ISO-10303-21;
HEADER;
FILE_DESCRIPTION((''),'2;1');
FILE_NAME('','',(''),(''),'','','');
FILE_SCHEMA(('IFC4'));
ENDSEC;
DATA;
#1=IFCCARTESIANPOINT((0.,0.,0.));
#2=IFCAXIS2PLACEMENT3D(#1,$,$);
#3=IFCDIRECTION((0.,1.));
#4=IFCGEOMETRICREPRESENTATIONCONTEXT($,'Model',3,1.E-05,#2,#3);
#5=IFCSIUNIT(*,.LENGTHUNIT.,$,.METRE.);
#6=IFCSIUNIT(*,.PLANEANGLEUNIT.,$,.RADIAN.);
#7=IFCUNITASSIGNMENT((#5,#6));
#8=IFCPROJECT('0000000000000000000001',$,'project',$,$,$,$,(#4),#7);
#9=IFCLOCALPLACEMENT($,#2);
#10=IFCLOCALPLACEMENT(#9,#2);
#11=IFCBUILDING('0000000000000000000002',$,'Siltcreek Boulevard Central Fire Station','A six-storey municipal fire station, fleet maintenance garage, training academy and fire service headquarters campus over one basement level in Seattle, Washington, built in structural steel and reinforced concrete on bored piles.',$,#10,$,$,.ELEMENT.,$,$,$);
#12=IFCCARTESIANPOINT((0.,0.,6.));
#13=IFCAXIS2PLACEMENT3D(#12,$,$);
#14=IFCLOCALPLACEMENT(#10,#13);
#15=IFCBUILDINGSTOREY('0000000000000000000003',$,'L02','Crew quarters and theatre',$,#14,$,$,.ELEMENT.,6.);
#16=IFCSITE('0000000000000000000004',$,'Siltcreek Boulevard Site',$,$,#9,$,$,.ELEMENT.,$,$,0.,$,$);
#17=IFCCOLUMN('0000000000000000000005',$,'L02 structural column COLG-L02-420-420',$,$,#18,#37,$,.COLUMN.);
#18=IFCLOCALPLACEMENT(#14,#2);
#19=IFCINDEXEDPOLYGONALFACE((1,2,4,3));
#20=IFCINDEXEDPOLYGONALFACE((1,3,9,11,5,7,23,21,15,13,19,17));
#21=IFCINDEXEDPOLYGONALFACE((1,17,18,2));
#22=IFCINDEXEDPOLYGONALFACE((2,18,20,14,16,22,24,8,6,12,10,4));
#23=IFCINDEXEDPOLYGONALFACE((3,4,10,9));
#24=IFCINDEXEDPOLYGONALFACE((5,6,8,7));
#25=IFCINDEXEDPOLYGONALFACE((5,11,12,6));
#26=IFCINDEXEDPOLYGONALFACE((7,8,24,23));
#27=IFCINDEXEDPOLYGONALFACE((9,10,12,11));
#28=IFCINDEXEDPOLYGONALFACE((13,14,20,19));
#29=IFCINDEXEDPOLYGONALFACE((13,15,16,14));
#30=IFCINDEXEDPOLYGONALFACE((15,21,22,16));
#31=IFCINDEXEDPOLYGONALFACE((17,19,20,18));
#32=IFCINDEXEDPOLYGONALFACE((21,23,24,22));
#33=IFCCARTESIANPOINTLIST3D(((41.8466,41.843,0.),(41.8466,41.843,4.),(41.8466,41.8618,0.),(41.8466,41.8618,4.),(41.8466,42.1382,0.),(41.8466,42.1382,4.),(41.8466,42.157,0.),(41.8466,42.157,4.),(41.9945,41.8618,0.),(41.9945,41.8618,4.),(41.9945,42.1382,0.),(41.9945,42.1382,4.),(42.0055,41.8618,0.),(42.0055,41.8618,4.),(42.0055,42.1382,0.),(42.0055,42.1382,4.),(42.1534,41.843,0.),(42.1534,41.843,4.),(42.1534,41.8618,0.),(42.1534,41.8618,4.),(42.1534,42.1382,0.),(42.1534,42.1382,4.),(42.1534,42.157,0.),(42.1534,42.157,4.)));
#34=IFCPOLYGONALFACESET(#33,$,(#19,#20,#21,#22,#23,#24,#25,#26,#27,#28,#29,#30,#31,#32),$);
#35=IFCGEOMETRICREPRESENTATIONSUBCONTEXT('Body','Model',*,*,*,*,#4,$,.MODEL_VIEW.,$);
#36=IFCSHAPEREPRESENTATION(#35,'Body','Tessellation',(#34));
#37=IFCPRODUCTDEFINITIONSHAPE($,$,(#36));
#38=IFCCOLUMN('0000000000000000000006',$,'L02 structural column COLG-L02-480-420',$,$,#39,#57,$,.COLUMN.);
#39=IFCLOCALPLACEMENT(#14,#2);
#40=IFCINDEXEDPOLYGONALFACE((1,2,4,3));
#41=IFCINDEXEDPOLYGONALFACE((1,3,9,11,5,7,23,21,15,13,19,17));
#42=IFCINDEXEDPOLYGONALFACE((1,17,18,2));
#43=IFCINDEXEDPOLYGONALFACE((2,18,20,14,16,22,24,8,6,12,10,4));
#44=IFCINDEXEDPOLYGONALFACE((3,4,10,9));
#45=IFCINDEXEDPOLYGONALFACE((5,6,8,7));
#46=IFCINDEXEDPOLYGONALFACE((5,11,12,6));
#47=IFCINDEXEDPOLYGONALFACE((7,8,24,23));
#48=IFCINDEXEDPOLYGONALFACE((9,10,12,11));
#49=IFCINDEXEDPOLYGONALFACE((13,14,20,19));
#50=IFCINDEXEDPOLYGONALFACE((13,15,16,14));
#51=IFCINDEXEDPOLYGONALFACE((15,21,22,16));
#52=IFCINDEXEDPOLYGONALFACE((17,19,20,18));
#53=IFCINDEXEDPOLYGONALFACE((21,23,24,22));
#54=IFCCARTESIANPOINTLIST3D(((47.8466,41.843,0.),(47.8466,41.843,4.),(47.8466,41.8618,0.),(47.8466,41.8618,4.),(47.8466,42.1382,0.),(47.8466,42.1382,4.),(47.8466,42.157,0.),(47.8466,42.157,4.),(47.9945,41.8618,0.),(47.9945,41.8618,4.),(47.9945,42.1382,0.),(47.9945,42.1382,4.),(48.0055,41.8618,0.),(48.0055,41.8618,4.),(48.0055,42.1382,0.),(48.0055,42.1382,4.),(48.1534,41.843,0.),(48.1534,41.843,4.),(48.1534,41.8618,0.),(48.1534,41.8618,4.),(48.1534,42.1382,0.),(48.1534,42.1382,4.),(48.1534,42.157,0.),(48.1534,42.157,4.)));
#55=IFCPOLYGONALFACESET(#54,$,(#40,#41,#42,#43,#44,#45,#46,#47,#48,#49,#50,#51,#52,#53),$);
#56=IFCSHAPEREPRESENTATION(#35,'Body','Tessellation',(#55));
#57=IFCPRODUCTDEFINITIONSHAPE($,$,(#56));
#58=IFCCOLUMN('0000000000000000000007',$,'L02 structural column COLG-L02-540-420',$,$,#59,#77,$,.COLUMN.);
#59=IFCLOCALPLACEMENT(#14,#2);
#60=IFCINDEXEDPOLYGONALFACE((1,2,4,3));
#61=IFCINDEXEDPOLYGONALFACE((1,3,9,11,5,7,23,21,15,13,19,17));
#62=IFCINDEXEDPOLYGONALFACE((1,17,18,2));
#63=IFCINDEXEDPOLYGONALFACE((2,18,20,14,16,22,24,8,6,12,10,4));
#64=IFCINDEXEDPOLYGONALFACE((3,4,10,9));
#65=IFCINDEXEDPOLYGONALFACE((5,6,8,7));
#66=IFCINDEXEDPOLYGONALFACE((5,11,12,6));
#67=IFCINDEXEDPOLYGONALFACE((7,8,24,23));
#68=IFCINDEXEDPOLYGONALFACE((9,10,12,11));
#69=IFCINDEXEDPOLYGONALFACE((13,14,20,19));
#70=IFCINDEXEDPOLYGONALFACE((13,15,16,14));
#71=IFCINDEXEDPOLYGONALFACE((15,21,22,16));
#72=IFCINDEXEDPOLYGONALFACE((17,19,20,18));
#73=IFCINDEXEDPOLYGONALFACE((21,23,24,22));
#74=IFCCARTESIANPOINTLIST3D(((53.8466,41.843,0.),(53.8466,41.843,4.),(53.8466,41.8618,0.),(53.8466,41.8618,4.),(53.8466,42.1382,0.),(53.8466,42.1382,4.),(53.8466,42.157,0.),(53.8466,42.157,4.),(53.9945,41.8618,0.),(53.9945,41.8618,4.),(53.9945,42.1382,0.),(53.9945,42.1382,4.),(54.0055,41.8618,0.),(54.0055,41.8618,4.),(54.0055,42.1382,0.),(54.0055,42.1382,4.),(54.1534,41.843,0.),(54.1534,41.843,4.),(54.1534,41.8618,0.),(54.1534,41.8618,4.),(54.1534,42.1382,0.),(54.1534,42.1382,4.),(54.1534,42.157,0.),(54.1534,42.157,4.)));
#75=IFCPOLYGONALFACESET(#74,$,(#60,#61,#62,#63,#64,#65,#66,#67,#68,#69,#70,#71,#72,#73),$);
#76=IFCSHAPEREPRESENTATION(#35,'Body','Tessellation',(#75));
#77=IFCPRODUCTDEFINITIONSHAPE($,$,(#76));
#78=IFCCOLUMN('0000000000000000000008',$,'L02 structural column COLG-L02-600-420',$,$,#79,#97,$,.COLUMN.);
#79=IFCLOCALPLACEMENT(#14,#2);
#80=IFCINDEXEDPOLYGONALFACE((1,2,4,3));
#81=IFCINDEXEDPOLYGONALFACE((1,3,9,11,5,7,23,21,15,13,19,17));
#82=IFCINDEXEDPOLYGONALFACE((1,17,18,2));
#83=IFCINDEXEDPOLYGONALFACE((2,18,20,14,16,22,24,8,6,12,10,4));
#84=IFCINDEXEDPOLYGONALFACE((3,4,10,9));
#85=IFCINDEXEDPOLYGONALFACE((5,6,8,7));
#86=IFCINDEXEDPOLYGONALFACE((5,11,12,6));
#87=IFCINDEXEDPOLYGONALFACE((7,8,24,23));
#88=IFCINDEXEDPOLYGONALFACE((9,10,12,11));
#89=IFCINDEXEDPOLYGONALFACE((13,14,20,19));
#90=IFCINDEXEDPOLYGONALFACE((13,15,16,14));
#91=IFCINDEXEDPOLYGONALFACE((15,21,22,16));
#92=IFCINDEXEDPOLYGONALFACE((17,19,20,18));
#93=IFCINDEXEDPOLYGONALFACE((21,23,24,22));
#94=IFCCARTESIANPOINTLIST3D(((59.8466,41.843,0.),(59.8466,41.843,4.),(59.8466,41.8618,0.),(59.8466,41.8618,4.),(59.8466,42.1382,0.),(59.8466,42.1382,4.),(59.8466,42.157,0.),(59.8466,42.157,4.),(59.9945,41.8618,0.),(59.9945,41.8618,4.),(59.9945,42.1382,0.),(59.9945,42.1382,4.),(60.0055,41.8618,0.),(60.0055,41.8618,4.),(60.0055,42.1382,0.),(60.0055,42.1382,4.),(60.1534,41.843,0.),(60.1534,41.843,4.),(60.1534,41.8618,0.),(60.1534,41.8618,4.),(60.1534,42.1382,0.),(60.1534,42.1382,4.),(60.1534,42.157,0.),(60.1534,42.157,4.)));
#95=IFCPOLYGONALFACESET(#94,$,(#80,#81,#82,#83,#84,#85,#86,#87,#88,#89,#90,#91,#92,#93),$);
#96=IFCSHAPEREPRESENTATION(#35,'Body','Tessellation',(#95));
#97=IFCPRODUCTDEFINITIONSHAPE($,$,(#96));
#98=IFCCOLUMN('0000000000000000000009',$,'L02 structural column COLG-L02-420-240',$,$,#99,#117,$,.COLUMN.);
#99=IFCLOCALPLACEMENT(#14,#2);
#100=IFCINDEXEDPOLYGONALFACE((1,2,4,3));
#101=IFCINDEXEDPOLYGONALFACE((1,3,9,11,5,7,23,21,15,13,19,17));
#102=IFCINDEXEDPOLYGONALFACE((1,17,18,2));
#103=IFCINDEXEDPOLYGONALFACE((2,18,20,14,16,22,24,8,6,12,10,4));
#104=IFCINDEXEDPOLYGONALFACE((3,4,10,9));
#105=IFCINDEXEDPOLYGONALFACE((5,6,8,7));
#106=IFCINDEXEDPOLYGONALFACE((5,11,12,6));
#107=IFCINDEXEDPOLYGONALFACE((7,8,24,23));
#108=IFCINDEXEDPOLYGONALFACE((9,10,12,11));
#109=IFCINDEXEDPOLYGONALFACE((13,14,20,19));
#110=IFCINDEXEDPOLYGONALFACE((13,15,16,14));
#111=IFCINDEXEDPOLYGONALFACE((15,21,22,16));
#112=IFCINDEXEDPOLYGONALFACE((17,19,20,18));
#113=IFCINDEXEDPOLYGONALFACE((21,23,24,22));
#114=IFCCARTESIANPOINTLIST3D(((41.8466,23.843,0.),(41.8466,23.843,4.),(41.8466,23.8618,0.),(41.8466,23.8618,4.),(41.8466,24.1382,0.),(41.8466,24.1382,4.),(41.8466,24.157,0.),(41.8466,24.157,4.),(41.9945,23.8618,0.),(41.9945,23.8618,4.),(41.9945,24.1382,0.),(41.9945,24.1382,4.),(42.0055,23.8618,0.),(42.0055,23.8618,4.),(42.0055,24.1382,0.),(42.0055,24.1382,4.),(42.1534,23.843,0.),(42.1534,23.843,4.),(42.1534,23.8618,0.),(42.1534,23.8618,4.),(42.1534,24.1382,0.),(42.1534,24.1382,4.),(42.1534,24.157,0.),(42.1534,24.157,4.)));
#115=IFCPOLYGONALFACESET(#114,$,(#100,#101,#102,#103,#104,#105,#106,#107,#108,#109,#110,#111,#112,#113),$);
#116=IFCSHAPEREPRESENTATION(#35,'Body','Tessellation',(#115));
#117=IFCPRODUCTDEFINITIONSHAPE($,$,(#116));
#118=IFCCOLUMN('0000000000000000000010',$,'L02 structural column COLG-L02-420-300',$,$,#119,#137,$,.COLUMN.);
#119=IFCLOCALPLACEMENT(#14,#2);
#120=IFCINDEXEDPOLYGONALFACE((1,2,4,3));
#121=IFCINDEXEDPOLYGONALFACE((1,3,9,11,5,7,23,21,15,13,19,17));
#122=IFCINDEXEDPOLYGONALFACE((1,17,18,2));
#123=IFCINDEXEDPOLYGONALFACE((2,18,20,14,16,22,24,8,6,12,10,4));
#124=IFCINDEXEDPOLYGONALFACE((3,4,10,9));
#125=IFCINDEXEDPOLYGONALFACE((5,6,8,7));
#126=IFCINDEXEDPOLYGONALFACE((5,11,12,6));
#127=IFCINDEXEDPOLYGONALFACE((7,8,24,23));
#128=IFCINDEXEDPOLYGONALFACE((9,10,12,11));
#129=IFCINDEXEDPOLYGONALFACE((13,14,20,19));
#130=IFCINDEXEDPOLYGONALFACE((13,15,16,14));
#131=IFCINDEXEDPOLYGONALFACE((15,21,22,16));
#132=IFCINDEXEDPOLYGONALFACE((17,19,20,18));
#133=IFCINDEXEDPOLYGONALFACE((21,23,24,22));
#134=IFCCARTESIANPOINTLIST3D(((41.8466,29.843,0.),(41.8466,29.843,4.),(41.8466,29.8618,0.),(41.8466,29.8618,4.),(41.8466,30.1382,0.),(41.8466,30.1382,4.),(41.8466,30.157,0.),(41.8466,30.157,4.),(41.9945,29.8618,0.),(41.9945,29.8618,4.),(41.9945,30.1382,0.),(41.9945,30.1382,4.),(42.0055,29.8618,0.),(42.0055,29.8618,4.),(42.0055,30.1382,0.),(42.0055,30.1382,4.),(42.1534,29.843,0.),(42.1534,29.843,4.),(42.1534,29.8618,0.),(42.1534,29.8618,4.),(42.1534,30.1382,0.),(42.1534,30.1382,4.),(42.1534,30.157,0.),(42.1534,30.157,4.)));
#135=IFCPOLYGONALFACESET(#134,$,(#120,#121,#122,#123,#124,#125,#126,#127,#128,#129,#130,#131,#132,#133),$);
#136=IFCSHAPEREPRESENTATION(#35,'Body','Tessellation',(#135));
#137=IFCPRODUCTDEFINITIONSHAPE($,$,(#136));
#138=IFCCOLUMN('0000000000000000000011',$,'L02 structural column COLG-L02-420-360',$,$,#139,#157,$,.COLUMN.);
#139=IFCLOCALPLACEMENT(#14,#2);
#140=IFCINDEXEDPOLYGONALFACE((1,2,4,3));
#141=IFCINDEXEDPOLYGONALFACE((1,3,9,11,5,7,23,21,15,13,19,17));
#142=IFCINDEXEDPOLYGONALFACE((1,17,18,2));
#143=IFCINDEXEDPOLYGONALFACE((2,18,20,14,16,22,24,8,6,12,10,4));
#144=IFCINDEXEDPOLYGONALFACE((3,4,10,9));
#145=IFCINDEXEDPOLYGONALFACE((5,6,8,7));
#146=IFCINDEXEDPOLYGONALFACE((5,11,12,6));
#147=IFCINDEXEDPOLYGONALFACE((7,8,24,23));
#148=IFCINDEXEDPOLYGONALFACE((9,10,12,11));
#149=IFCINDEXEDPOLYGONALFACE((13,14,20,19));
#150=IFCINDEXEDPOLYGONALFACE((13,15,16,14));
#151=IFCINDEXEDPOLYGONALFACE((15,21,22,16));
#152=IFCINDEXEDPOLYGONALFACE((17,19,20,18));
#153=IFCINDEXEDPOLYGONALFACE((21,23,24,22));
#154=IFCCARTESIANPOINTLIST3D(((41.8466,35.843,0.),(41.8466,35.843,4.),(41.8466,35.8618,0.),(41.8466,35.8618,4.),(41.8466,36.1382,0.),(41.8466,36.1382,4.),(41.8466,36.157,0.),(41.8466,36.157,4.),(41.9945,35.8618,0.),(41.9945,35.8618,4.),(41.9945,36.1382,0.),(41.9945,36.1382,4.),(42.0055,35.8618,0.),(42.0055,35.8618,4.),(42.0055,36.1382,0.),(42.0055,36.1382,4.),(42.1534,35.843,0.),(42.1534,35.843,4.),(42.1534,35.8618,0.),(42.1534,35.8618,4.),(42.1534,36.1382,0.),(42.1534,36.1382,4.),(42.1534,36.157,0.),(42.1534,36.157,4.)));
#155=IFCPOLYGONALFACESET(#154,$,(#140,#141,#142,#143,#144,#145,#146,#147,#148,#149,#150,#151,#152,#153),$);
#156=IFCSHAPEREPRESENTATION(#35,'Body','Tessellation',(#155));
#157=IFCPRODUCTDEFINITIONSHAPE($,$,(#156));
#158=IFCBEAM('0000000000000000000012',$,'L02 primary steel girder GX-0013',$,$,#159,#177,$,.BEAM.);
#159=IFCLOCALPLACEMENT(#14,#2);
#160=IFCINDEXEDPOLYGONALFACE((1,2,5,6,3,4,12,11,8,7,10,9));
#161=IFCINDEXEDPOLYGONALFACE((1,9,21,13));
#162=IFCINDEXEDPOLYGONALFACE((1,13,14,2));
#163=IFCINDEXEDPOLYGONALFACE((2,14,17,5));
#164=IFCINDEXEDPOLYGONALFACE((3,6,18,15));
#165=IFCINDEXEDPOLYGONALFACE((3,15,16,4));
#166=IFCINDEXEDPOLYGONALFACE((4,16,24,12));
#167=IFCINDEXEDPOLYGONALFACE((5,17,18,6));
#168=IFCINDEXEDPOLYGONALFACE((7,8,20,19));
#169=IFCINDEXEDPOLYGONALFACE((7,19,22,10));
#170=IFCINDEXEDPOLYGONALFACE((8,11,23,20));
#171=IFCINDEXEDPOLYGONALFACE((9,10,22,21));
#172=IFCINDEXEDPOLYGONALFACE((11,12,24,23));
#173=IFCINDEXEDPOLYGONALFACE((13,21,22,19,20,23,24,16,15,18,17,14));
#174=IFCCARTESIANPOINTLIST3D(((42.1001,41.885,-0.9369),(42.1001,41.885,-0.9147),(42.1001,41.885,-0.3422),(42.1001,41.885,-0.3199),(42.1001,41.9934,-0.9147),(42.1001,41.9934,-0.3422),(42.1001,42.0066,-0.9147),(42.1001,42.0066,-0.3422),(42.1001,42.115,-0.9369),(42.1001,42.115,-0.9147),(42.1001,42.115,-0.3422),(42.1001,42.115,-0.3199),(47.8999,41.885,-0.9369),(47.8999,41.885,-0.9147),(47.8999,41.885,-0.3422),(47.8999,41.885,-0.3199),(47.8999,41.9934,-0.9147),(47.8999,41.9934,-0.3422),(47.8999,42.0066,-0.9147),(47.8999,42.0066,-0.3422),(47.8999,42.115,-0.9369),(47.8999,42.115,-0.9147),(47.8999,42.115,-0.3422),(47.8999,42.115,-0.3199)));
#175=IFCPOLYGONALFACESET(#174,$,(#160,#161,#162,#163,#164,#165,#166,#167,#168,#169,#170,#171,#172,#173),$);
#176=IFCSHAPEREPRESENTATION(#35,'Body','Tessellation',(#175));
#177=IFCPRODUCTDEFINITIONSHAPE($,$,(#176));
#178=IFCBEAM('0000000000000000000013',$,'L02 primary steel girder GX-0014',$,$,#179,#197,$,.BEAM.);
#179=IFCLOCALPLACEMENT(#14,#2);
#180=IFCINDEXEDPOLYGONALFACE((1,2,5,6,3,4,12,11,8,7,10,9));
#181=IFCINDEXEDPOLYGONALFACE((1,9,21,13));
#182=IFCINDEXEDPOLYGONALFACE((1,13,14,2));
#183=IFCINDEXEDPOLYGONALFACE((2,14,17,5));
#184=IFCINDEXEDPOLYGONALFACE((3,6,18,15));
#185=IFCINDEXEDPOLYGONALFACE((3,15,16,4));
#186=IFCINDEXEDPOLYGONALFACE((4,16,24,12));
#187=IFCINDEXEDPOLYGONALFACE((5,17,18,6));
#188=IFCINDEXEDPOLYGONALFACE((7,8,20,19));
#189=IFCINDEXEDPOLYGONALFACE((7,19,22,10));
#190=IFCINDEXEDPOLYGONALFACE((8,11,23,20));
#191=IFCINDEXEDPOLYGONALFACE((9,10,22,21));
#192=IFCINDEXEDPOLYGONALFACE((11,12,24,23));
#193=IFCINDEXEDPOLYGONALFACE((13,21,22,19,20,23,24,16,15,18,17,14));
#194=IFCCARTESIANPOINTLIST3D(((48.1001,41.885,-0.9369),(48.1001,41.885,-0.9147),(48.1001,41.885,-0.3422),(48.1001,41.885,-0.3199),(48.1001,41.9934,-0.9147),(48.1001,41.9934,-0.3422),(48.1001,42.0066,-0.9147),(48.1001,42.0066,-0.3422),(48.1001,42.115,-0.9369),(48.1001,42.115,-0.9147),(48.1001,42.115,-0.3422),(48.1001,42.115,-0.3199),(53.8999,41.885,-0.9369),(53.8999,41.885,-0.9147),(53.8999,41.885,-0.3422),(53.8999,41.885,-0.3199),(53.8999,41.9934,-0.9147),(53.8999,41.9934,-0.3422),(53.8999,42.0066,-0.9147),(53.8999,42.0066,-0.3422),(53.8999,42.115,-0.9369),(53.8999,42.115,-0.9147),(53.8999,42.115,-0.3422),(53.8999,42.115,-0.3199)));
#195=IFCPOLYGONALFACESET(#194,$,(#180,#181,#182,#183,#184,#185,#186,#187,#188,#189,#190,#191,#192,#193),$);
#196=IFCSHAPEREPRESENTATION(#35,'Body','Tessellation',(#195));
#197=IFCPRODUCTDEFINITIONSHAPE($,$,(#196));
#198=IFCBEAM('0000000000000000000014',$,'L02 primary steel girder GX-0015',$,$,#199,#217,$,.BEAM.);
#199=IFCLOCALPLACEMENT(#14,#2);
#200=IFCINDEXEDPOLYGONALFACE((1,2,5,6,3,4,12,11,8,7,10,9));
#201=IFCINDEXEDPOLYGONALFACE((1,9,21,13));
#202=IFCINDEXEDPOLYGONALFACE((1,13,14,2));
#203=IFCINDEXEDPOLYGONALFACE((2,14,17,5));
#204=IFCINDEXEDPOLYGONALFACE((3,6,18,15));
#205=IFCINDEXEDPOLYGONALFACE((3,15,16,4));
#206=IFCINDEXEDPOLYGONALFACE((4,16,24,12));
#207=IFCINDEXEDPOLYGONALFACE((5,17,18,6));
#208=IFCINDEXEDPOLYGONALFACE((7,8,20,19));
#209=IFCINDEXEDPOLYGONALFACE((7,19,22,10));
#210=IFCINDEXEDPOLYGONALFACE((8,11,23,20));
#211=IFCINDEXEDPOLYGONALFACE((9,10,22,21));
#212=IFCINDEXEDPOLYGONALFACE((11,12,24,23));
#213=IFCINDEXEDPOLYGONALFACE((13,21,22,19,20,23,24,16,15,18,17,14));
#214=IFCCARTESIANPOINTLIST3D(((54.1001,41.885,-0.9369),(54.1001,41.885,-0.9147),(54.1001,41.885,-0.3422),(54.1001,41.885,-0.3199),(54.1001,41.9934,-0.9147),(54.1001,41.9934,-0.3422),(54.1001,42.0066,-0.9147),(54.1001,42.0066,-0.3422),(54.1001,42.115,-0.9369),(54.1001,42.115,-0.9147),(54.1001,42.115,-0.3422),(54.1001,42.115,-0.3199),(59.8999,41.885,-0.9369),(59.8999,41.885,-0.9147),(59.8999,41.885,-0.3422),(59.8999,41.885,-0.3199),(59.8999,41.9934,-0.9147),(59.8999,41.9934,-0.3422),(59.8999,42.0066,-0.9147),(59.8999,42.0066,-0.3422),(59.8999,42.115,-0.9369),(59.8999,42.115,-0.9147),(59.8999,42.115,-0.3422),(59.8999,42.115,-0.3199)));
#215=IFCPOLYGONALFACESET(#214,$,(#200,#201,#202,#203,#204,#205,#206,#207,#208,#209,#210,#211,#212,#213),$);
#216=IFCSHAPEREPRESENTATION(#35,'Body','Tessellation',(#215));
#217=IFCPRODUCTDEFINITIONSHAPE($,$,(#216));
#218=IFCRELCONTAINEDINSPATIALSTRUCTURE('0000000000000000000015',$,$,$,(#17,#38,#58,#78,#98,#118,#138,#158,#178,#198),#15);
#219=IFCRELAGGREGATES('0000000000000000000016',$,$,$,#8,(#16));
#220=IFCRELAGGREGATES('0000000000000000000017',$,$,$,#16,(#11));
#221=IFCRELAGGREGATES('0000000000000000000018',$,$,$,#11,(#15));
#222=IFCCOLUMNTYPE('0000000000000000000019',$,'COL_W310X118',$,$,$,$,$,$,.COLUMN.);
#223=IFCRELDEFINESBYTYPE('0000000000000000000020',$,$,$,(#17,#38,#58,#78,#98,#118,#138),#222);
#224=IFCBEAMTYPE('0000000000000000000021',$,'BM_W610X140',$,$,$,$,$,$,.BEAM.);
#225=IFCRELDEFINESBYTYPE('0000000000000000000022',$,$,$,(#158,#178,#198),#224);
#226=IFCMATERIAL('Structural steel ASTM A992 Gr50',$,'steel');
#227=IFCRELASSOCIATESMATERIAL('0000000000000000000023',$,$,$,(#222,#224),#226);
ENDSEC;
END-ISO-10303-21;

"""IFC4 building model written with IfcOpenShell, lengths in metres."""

from ifc_helpers import new_model, si_unit, direction, frame, origin, origin_2d, place, context, subcontext, project, spatial, i_section, extrude, material, material_profile, profile_set, type_object, element, save


model = new_model("IFC4")

# Units and contexts
model_context = context("Model", 3, precision=1e-05, world=origin(), true_north=direction((0.0, 1.0)))
body_context = subcontext(model_context, "Body", "Model", "MODEL_VIEW")
ifc_project = project(units=[si_unit("LENGTHUNIT", "METRE"), si_unit("PLANEANGLEUNIT", "RADIAN")], contexts=[model_context])

# Site, building, storey
site_placement = place(None, origin())
site = spatial("IfcSite", under=ifc_project, at=site_placement, Name="Siltcreek Boulevard Site", CompositionType="ELEMENT", RefElevation=0.0)
building_placement = place(site_placement, origin())
building = spatial("IfcBuilding", under=site, at=building_placement, Name="Siltcreek Boulevard Central Fire Station", Description="A six-storey municipal fire station, fleet maintenance garage, training academy and fire service headquarters campus over one basement level in Seattle, Washington, built in structural steel and reinforced concrete on bored piles.", CompositionType="ELEMENT")
storey_placement = place(building_placement, frame((0.0, 0.0, 6.0)))
storey = spatial("IfcBuildingStorey", under=building, at=storey_placement, Name="L02", Description="Crew quarters and theatre", CompositionType="ELEMENT", Elevation=6.0)

# Columns
ifc_material_1 = material(Name="Structural steel ASTM A992 Gr50", Category="steel")
ifc_material_profile_1 = material_profile(ifc_material_1, i_section(OverallWidth=0.3069, OverallDepth=0.314, WebThickness=0.011, FlangeThickness=0.0188, at=origin_2d()), Name="W310X118")
ifc_profile_set_1 = profile_set([ifc_material_profile_1], Name="Structural steel ASTM A992 Gr50")
column_type = type_object("IfcColumnType", Name="COL_W310X118", PredefinedType="COLUMN", material=ifc_profile_set_1)
for number, where, z_axis, x_axis, name in (
    (1, (42.0, 42.0, 0.0), (0.0, 0.0, 1.0), (1.0, 0.0, 0.0), "L02 structural column COLG-L02-420-420"),
    (2, (48.0, 42.0, 0.0), (0.0, 0.0, 1.0), (1.0, 0.0, 0.0), "L02 structural column COLG-L02-480-420"),
    (3, (54.0, 42.0, 0.0), (0.0, 0.0, 1.0), (1.0, 0.0, 0.0), "L02 structural column COLG-L02-540-420"),
    (4, (60.0, 42.0, 0.0), (0.0, 0.0, 1.0), (1.0, 0.0, 0.0), "L02 structural column COLG-L02-600-420"),
    (5, (42.0, 24.0, 0.0), (0.0, 0.0, 1.0), (1.0, 0.0, 0.0), "L02 structural column COLG-L02-420-240"),
    (6, (42.0, 30.0, 0.0), (0.0, 0.0, 1.0), (1.0, 0.0, 0.0), "L02 structural column COLG-L02-420-300"),
    (7, (42.0, 36.0, 0.0), (0.0, 0.0, 1.0), (1.0, 0.0, 0.0), "L02 structural column COLG-L02-420-360"),
):
    element("IfcColumn", number, at=place(storey_placement, frame(where, z_axis=z_axis, x_axis=x_axis)), inside=storey, type_object=column_type, Name=name, PredefinedType="COLUMN", context=body_context, shape_type="SweptSolid", body=[
        extrude(i_section(OverallWidth=0.3069, OverallDepth=0.314, WebThickness=0.011, FlangeThickness=0.0188, at=origin_2d()), origin(), (0.0, 0.0, 1.0), 4.0),
    ])

# Beams
ifc_material_profile_2 = material_profile(ifc_material_1, i_section(OverallWidth=0.23, OverallDepth=0.6169, WebThickness=0.0132, FlangeThickness=0.0222, at=origin_2d()), Name="W610X140")
ifc_profile_set_2 = profile_set([ifc_material_profile_2], Name="Structural steel ASTM A992 Gr50")
beam_type_1 = type_object("IfcBeamType", Name="BM_W610X140", PredefinedType="BEAM", material=ifc_profile_set_2)
for number, where, z_axis, x_axis, name in (
    (8, (42.1001, 42.0, -0.6284), (1.0, 0.0, 0.0), (0.0, 1.0, 0.0), "L02 primary steel girder GX-0013"),
    (9, (48.1001, 42.0, -0.6284), (1.0, 0.0, 0.0), (0.0, 1.0, 0.0), "L02 primary steel girder GX-0014"),
    (10, (54.1001, 42.0, -0.6284), (1.0, 0.0, 0.0), (0.0, 1.0, 0.0), "L02 primary steel girder GX-0015"),
):
    element("IfcBeam", number, at=place(storey_placement, frame(where, z_axis=z_axis, x_axis=x_axis)), inside=storey, type_object=beam_type_1, Name=name, PredefinedType="BEAM", context=body_context, shape_type="SweptSolid", body=[
        extrude(i_section(OverallWidth=0.23, OverallDepth=0.6169, WebThickness=0.0132, FlangeThickness=0.0222, at=origin_2d()), origin(), (0.0, 0.0, 1.0), 5.7998),
    ])

save(model, "model.ifc")
